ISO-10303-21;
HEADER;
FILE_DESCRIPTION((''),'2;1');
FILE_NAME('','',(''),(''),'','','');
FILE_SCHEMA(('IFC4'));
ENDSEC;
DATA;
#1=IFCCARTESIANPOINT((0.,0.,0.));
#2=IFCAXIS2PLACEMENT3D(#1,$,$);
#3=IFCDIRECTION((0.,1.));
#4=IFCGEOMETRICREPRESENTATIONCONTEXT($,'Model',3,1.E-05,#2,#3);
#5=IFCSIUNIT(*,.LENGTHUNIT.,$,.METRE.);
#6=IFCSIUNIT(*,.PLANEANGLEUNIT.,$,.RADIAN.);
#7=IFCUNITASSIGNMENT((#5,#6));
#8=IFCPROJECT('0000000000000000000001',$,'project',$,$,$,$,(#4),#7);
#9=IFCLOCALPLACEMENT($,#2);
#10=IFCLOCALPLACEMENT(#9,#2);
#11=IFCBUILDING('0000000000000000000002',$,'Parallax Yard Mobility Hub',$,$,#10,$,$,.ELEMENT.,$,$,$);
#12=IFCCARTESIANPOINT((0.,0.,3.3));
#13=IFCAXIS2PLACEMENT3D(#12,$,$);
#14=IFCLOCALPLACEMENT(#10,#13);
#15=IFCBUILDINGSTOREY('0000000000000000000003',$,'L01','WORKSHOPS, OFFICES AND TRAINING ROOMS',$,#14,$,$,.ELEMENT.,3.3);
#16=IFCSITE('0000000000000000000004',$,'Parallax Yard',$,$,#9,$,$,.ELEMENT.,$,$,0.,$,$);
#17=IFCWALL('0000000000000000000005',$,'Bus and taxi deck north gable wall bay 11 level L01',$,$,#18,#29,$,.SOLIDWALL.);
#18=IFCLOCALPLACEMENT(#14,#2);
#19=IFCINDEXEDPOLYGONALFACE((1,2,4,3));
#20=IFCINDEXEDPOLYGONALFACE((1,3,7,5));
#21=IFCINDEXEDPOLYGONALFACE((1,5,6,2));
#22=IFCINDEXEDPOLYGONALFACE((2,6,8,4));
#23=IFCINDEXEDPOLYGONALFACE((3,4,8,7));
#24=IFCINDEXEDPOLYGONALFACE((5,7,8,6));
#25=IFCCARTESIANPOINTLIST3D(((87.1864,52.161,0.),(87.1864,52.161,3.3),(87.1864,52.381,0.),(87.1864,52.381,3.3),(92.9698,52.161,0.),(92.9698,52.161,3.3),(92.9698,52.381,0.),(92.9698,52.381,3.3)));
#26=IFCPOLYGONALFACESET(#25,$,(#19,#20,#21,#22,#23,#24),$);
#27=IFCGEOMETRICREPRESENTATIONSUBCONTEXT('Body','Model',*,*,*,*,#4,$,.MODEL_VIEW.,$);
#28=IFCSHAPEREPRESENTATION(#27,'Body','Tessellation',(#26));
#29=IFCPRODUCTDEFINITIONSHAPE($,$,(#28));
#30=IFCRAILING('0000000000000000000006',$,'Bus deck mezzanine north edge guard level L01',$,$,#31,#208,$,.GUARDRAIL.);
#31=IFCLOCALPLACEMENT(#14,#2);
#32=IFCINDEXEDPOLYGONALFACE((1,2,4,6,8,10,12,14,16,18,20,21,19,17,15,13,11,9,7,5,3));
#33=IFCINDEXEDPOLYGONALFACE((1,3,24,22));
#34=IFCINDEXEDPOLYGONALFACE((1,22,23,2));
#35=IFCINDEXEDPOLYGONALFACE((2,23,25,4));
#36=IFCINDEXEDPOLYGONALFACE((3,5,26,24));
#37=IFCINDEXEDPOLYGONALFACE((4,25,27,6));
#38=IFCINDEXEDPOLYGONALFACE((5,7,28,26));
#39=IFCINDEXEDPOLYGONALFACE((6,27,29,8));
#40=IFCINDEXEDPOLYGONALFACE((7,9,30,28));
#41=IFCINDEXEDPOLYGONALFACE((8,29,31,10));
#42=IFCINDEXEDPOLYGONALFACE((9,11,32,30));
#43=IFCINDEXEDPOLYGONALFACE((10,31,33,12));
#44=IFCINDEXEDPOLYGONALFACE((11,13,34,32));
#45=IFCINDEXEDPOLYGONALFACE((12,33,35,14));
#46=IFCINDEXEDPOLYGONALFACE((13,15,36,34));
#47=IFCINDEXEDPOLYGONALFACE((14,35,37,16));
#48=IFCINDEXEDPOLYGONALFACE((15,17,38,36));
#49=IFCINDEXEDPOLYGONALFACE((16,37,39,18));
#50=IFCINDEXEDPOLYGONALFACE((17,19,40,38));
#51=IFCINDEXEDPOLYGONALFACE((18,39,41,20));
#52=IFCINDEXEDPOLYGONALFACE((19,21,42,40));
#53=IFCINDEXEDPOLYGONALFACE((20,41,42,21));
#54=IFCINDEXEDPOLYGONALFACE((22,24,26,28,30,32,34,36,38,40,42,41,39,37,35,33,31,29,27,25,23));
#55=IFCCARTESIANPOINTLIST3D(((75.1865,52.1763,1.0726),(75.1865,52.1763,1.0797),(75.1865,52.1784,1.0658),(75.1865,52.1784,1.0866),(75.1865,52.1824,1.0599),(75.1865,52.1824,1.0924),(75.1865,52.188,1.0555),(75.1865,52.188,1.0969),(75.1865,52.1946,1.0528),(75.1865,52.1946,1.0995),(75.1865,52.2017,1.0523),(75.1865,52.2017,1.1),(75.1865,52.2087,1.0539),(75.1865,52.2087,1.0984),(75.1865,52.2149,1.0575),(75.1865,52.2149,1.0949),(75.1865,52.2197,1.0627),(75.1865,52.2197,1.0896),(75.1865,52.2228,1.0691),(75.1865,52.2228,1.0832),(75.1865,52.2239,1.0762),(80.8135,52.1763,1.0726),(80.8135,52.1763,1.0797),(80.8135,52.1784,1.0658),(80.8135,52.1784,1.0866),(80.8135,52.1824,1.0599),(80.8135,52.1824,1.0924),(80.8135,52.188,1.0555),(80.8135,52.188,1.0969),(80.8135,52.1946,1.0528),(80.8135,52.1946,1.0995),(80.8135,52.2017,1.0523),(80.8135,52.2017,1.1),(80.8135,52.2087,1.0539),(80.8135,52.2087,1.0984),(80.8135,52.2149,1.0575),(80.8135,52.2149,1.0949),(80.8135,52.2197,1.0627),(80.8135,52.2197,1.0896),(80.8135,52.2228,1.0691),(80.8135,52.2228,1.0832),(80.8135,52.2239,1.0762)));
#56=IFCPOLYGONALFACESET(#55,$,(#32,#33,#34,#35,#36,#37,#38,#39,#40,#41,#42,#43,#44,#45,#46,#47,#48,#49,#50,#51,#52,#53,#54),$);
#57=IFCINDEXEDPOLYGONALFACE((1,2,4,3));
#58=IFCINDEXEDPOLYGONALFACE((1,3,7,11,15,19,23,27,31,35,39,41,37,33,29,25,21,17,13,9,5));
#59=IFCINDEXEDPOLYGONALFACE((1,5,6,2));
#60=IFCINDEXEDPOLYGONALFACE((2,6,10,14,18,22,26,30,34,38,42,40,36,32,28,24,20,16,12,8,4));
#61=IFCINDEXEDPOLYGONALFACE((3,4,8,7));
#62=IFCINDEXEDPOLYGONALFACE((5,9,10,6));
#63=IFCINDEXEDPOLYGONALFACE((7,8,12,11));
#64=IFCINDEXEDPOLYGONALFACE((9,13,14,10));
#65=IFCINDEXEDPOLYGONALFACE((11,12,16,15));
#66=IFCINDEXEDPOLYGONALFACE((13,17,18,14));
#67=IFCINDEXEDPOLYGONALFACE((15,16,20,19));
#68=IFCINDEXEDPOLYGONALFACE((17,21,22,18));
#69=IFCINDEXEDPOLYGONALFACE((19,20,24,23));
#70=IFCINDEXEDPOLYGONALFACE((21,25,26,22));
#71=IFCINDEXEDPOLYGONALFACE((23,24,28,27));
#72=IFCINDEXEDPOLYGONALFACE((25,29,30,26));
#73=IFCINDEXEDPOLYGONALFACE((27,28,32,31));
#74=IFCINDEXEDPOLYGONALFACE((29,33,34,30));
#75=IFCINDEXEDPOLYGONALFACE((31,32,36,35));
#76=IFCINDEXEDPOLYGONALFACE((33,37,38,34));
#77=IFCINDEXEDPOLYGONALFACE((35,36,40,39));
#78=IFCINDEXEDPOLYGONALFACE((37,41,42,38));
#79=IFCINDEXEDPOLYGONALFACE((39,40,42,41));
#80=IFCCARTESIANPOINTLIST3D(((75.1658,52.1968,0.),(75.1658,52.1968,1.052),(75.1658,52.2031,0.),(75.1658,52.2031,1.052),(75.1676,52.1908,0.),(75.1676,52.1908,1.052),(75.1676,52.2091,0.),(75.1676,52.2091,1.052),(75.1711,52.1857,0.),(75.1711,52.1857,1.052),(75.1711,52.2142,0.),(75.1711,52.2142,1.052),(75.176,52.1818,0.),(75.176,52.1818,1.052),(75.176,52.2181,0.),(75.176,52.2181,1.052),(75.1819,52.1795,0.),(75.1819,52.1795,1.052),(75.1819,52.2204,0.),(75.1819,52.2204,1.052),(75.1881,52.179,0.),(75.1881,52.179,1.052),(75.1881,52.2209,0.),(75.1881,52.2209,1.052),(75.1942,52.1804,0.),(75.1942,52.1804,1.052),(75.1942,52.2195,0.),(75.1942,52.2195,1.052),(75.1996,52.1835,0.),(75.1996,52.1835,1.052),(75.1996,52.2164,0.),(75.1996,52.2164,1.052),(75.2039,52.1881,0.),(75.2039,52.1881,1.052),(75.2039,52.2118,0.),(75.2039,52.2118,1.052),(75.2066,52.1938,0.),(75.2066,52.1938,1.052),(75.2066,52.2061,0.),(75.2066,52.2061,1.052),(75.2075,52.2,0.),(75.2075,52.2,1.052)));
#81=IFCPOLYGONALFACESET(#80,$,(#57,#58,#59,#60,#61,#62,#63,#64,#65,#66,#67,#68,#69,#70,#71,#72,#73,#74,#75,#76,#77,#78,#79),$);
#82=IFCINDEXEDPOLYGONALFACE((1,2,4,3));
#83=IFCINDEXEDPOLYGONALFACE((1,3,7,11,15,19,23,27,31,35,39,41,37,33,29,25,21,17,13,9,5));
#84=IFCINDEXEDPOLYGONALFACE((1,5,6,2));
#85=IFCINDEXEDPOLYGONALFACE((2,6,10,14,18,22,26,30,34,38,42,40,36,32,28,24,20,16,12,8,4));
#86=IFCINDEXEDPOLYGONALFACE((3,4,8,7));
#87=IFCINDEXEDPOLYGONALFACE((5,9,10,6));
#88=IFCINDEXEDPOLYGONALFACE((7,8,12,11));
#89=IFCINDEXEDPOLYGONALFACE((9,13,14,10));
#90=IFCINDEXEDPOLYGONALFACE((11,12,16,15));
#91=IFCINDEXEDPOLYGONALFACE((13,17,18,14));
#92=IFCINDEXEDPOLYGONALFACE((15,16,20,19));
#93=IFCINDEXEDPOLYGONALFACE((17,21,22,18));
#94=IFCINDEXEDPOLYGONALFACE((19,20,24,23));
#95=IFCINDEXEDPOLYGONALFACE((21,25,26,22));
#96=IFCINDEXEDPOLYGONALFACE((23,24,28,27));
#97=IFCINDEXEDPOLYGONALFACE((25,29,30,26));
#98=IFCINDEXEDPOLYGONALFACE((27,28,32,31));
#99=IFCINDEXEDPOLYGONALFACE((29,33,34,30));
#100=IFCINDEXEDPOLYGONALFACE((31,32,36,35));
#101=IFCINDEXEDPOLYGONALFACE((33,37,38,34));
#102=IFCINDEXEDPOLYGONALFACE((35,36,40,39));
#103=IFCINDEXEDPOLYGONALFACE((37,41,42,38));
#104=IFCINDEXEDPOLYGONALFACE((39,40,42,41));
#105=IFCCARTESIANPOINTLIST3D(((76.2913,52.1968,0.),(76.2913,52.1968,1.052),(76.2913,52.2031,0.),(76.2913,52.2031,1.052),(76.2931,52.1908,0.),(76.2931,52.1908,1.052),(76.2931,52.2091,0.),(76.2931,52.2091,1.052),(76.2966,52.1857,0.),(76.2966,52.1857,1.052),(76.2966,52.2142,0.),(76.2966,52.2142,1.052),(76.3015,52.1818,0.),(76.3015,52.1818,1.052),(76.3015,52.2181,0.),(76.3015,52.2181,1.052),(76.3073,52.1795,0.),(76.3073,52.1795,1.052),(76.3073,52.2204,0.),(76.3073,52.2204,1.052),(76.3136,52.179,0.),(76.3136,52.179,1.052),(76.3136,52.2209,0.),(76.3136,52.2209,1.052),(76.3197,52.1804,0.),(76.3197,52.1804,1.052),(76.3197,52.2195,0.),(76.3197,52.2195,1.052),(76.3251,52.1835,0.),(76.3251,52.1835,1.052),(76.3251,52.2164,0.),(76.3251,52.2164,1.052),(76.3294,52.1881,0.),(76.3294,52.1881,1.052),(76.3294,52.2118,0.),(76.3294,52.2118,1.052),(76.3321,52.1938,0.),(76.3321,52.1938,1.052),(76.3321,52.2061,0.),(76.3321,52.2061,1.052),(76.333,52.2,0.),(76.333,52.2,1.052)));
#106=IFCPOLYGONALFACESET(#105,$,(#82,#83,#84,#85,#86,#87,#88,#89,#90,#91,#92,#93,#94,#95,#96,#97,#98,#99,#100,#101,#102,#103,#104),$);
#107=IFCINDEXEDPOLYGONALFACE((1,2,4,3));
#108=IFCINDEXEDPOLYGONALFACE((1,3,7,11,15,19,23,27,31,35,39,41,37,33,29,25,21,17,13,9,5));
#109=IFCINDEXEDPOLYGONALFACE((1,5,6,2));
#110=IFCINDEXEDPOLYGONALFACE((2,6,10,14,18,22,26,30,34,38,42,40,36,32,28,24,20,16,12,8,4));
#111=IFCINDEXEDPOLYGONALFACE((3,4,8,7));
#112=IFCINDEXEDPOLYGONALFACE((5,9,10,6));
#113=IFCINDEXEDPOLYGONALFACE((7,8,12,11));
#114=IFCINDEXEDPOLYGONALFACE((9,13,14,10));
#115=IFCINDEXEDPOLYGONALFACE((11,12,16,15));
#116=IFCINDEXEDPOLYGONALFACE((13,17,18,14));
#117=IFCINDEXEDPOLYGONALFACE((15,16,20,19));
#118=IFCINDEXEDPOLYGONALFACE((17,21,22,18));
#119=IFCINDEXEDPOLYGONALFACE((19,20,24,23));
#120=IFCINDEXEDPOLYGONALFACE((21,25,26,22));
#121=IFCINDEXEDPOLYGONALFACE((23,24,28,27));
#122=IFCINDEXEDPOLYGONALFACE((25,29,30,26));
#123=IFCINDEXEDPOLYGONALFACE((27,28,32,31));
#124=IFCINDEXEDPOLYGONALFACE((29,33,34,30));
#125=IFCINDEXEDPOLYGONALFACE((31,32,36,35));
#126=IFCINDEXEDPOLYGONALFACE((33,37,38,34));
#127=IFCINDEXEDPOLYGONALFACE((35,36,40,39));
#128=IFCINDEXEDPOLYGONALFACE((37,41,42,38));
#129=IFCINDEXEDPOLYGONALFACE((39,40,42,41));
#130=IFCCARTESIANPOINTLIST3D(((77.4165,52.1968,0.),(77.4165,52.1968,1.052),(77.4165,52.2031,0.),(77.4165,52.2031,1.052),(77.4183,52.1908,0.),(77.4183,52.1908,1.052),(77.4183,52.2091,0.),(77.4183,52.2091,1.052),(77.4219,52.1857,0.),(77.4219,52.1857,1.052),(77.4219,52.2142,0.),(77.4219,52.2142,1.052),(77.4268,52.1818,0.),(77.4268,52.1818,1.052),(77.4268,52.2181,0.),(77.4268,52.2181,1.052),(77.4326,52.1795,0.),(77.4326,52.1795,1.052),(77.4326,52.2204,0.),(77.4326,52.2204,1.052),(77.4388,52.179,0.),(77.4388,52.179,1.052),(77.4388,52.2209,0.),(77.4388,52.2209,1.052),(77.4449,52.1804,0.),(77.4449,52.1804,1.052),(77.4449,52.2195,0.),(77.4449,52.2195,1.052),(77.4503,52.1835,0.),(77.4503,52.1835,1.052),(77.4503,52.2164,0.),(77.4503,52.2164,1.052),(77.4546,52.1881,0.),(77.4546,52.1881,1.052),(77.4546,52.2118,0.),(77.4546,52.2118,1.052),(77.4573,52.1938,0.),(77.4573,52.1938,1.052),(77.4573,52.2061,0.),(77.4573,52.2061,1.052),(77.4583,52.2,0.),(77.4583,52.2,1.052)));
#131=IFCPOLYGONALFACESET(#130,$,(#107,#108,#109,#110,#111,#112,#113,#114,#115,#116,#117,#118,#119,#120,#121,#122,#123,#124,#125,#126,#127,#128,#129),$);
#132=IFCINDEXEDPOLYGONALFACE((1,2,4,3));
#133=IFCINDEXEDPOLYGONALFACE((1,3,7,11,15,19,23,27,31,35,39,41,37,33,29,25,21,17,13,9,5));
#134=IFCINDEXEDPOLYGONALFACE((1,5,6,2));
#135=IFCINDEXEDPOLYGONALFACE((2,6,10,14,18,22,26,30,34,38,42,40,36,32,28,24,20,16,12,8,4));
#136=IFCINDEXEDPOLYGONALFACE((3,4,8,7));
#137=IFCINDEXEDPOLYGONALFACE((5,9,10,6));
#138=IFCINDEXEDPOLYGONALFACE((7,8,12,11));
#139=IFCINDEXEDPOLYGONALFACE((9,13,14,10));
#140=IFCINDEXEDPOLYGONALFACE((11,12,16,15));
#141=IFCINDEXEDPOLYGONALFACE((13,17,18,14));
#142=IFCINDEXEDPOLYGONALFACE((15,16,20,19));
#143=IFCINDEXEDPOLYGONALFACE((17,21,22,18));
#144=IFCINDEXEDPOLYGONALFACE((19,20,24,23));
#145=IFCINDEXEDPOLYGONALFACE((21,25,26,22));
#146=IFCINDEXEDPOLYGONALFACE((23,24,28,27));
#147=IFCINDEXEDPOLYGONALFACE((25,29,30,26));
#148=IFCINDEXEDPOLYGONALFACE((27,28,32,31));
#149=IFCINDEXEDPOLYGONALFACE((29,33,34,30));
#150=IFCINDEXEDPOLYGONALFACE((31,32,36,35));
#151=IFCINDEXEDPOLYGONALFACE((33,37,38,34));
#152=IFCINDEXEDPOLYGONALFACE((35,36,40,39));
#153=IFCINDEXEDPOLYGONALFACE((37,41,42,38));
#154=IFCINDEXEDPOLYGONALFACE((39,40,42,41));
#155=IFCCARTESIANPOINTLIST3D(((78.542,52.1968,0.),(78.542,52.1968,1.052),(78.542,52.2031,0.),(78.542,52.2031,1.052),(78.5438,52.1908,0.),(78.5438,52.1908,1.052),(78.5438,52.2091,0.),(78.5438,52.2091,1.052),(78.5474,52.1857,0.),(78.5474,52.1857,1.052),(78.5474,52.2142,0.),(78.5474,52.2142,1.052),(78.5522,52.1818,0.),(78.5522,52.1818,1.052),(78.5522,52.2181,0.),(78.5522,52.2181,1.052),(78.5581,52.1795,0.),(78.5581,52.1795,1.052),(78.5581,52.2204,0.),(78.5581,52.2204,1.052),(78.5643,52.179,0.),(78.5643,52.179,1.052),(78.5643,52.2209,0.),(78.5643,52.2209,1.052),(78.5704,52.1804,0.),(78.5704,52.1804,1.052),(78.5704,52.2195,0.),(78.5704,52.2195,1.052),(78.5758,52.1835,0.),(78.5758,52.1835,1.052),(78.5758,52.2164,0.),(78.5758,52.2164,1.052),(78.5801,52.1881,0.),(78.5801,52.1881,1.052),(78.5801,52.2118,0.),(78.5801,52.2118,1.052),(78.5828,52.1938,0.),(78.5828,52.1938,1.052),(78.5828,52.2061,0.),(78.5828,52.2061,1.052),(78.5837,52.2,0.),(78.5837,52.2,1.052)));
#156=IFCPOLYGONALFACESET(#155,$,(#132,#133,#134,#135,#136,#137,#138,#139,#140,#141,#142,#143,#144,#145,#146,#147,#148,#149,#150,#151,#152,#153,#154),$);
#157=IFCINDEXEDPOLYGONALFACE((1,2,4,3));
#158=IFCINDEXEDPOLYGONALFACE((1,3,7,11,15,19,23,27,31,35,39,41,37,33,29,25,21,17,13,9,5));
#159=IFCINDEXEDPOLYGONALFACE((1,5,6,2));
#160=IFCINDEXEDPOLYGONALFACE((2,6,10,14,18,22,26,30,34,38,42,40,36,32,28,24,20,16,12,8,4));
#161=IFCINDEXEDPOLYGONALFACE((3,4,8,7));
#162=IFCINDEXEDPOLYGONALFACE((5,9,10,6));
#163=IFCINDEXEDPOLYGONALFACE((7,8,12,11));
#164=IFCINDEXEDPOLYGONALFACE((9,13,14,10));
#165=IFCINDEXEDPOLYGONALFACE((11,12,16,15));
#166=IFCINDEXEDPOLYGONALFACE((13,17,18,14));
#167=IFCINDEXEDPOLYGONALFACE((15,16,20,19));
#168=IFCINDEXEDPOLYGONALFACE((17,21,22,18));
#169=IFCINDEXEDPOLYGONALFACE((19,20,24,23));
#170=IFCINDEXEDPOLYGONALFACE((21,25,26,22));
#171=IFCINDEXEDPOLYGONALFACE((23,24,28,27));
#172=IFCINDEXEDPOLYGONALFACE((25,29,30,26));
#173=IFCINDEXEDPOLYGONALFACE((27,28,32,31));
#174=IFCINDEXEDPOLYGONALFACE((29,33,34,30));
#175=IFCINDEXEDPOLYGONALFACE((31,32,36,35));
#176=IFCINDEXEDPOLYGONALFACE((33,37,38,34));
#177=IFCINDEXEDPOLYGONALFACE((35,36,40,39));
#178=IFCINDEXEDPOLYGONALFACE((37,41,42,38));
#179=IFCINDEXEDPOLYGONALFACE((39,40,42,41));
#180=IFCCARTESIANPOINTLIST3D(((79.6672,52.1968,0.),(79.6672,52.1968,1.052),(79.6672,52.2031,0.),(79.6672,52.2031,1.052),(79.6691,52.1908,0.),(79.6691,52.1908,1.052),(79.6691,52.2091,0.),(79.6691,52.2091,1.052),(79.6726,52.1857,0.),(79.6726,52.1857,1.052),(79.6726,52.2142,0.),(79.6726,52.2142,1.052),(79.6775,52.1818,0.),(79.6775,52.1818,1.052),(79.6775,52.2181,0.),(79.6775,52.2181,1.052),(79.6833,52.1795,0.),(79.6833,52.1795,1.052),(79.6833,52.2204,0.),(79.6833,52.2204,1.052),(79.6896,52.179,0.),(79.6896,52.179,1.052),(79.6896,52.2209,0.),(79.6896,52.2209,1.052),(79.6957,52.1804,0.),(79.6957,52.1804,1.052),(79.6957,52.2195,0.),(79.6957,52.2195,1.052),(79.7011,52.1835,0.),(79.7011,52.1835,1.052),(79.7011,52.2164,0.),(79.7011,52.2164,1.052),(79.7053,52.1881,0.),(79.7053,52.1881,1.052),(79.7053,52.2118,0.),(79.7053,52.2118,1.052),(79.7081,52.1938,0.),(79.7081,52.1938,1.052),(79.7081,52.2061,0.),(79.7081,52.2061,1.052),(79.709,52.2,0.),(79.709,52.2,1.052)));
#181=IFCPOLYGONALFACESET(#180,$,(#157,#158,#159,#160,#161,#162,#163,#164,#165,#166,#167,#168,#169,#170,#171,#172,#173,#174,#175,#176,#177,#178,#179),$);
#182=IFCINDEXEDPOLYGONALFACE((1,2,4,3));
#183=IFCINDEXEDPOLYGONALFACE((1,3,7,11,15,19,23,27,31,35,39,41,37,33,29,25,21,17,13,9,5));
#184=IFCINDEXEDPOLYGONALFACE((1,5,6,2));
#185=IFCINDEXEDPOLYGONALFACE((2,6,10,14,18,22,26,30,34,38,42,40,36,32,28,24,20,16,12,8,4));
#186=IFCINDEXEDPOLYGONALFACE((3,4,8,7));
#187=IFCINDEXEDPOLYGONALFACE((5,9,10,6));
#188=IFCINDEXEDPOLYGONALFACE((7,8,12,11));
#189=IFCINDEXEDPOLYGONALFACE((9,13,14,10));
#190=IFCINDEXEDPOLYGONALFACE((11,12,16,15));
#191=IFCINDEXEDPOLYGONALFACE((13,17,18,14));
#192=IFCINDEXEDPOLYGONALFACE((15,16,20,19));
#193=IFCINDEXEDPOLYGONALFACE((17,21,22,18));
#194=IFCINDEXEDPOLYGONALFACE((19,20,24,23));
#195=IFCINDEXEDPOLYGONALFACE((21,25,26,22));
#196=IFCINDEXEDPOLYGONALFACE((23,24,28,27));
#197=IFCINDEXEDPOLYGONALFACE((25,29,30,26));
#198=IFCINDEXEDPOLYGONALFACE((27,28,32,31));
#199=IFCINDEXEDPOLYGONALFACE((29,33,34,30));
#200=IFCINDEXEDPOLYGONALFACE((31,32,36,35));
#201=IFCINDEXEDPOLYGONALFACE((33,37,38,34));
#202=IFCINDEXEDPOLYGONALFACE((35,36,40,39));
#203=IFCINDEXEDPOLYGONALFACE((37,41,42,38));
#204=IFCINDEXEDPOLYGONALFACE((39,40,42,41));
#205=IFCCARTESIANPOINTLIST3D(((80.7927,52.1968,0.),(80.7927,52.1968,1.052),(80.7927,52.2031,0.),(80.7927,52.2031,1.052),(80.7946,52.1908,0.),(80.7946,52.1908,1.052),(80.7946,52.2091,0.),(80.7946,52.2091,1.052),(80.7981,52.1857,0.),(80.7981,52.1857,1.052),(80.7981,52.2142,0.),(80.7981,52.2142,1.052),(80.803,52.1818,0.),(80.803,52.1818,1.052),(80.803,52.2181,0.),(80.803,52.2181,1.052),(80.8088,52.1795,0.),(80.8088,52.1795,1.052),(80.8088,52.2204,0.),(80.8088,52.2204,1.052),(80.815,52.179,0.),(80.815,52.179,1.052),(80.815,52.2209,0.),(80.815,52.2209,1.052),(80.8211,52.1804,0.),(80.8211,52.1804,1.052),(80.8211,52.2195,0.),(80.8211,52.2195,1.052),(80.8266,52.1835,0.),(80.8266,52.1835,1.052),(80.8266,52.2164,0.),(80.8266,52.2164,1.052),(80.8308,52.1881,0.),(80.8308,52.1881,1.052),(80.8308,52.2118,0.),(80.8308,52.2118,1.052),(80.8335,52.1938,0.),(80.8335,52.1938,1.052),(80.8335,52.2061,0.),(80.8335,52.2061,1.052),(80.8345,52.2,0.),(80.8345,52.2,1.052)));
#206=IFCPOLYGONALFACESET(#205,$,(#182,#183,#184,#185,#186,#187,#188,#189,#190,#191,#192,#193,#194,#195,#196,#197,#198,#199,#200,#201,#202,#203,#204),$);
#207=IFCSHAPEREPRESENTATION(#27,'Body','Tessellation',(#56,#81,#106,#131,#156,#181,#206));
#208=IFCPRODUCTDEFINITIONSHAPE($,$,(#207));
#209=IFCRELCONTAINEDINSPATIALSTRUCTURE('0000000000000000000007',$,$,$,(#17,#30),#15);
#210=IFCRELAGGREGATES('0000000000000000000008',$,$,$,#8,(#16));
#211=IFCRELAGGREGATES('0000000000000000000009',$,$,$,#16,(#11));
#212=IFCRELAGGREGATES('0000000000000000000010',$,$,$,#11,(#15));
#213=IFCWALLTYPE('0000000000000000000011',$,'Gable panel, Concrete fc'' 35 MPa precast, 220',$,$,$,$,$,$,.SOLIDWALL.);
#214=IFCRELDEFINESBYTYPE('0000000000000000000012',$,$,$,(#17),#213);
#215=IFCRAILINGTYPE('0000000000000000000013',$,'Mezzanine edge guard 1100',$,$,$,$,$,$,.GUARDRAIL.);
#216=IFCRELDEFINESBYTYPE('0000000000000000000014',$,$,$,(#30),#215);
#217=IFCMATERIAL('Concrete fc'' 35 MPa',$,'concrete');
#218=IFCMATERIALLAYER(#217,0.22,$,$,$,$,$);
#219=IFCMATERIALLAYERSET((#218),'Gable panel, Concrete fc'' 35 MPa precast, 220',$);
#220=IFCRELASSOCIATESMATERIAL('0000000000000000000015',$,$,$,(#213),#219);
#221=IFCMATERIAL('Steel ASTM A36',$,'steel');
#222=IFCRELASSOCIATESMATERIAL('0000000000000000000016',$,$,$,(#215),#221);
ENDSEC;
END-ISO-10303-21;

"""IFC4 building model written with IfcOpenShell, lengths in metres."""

from ifc_helpers import new_model, si_unit, direction, frame, frame_2d, origin, origin_2d, place, context, subcontext, project, spatial, rectangle, circle, extrude, material, layer, layer_set, type_object, element, save


model = new_model("IFC4")

# Units and contexts
model_context = context("Model", 3, precision=1e-05, world=origin(), true_north=direction((0.0, 1.0)))
body_context = subcontext(model_context, "Body", "Model", "MODEL_VIEW")
ifc_project = project(units=[si_unit("LENGTHUNIT", "METRE"), si_unit("PLANEANGLEUNIT", "RADIAN")], contexts=[model_context])

# Site, building, storey
site_placement = place(None, origin())
site = spatial("IfcSite", under=ifc_project, at=site_placement, Name="Parallax Yard", CompositionType="ELEMENT", RefElevation=0.0)
building_placement = place(site_placement, origin())
building = spatial("IfcBuilding", under=site, at=building_placement, Name="Parallax Yard Mobility Hub", CompositionType="ELEMENT")
storey_placement = place(building_placement, frame((0.0, 0.0, 3.3)))
storey = spatial("IfcBuildingStorey", under=building, at=storey_placement, Name="L01", Description="WORKSHOPS, OFFICES AND TRAINING ROOMS", CompositionType="ELEMENT", Elevation=3.3)

# Shared definitions
ifc_material_1 = material(Name="Concrete fc' 35 MPa", Category="concrete")

# Shared definitions
ifc_layer_1 = layer(ifc_material_1, 0.22)
ifc_layer_set_1 = layer_set([ifc_layer_1], Name="Gable panel, Concrete fc' 35 MPa precast, 220")
wall_type_1 = type_object("IfcWallType", Name="Gable panel, Concrete fc' 35 MPa precast, 220", PredefinedType="SOLIDWALL", material=ifc_layer_set_1)

# Wall
wall_1_placement = place(storey_placement, frame((87.1865, 52.271, 0.0), z_axis=(0.0, 0.0, 1.0), x_axis=(1.0, 0.0, 0.0)))
element("IfcWall", 1, at=wall_1_placement, inside=storey, type_object=wall_type_1, Name="Bus and taxi deck north gable wall bay 11 level L01", PredefinedType="SOLIDWALL", context=body_context, shape_type="SweptSolid", body=[
    extrude(rectangle(XDim=5.7834, YDim=0.22, at=frame_2d((2.8916, 0.0))), origin(), (0.0, 0.0, 1.0), 3.3),
])

# Railing
ifc_material_2 = material(Name="Steel ASTM A36", Category="steel")
railing_type = type_object("IfcRailingType", Name="Mezzanine edge guard 1100", PredefinedType="GUARDRAIL", material=ifc_material_2)
railing_placement = place(storey_placement, frame((75.1865, 52.2, 0.0)))
element("IfcRailing", 2, at=railing_placement, inside=storey, type_object=railing_type, Name="Bus deck mezzanine north edge guard level L01", PredefinedType="GUARDRAIL", context=body_context, shape_type="SweptSolid", body=[
    extrude(circle(Radius=0.0239, at=origin_2d()), frame((0.0, 0.0, 1.0762), z_axis=(1.0, 0.0, 0.0), x_axis=(0.0, 1.0, 0.0)), (0.0, 0.0, 1.0), 5.627),
    extrude(circle(Radius=0.021, at=origin_2d()), origin(), (0.0, 0.0, 1.0), 1.052),
    extrude(circle(Radius=0.021, at=origin_2d()), frame((1.1255, 0.0, 0.0)), (0.0, 0.0, 1.0), 1.052),
    extrude(circle(Radius=0.021, at=origin_2d()), frame((2.2507, 0.0, 0.0)), (0.0, 0.0, 1.0), 1.052),
    extrude(circle(Radius=0.021, at=origin_2d()), frame((3.3762, 0.0, 0.0)), (0.0, 0.0, 1.0), 1.052),
    extrude(circle(Radius=0.021, at=origin_2d()), frame((4.5015, 0.0, 0.0)), (0.0, 0.0, 1.0), 1.052),
    extrude(circle(Radius=0.021, at=origin_2d()), frame((5.627, 0.0, 0.0)), (0.0, 0.0, 1.0), 1.052),
])

save(model, "model.ifc")
